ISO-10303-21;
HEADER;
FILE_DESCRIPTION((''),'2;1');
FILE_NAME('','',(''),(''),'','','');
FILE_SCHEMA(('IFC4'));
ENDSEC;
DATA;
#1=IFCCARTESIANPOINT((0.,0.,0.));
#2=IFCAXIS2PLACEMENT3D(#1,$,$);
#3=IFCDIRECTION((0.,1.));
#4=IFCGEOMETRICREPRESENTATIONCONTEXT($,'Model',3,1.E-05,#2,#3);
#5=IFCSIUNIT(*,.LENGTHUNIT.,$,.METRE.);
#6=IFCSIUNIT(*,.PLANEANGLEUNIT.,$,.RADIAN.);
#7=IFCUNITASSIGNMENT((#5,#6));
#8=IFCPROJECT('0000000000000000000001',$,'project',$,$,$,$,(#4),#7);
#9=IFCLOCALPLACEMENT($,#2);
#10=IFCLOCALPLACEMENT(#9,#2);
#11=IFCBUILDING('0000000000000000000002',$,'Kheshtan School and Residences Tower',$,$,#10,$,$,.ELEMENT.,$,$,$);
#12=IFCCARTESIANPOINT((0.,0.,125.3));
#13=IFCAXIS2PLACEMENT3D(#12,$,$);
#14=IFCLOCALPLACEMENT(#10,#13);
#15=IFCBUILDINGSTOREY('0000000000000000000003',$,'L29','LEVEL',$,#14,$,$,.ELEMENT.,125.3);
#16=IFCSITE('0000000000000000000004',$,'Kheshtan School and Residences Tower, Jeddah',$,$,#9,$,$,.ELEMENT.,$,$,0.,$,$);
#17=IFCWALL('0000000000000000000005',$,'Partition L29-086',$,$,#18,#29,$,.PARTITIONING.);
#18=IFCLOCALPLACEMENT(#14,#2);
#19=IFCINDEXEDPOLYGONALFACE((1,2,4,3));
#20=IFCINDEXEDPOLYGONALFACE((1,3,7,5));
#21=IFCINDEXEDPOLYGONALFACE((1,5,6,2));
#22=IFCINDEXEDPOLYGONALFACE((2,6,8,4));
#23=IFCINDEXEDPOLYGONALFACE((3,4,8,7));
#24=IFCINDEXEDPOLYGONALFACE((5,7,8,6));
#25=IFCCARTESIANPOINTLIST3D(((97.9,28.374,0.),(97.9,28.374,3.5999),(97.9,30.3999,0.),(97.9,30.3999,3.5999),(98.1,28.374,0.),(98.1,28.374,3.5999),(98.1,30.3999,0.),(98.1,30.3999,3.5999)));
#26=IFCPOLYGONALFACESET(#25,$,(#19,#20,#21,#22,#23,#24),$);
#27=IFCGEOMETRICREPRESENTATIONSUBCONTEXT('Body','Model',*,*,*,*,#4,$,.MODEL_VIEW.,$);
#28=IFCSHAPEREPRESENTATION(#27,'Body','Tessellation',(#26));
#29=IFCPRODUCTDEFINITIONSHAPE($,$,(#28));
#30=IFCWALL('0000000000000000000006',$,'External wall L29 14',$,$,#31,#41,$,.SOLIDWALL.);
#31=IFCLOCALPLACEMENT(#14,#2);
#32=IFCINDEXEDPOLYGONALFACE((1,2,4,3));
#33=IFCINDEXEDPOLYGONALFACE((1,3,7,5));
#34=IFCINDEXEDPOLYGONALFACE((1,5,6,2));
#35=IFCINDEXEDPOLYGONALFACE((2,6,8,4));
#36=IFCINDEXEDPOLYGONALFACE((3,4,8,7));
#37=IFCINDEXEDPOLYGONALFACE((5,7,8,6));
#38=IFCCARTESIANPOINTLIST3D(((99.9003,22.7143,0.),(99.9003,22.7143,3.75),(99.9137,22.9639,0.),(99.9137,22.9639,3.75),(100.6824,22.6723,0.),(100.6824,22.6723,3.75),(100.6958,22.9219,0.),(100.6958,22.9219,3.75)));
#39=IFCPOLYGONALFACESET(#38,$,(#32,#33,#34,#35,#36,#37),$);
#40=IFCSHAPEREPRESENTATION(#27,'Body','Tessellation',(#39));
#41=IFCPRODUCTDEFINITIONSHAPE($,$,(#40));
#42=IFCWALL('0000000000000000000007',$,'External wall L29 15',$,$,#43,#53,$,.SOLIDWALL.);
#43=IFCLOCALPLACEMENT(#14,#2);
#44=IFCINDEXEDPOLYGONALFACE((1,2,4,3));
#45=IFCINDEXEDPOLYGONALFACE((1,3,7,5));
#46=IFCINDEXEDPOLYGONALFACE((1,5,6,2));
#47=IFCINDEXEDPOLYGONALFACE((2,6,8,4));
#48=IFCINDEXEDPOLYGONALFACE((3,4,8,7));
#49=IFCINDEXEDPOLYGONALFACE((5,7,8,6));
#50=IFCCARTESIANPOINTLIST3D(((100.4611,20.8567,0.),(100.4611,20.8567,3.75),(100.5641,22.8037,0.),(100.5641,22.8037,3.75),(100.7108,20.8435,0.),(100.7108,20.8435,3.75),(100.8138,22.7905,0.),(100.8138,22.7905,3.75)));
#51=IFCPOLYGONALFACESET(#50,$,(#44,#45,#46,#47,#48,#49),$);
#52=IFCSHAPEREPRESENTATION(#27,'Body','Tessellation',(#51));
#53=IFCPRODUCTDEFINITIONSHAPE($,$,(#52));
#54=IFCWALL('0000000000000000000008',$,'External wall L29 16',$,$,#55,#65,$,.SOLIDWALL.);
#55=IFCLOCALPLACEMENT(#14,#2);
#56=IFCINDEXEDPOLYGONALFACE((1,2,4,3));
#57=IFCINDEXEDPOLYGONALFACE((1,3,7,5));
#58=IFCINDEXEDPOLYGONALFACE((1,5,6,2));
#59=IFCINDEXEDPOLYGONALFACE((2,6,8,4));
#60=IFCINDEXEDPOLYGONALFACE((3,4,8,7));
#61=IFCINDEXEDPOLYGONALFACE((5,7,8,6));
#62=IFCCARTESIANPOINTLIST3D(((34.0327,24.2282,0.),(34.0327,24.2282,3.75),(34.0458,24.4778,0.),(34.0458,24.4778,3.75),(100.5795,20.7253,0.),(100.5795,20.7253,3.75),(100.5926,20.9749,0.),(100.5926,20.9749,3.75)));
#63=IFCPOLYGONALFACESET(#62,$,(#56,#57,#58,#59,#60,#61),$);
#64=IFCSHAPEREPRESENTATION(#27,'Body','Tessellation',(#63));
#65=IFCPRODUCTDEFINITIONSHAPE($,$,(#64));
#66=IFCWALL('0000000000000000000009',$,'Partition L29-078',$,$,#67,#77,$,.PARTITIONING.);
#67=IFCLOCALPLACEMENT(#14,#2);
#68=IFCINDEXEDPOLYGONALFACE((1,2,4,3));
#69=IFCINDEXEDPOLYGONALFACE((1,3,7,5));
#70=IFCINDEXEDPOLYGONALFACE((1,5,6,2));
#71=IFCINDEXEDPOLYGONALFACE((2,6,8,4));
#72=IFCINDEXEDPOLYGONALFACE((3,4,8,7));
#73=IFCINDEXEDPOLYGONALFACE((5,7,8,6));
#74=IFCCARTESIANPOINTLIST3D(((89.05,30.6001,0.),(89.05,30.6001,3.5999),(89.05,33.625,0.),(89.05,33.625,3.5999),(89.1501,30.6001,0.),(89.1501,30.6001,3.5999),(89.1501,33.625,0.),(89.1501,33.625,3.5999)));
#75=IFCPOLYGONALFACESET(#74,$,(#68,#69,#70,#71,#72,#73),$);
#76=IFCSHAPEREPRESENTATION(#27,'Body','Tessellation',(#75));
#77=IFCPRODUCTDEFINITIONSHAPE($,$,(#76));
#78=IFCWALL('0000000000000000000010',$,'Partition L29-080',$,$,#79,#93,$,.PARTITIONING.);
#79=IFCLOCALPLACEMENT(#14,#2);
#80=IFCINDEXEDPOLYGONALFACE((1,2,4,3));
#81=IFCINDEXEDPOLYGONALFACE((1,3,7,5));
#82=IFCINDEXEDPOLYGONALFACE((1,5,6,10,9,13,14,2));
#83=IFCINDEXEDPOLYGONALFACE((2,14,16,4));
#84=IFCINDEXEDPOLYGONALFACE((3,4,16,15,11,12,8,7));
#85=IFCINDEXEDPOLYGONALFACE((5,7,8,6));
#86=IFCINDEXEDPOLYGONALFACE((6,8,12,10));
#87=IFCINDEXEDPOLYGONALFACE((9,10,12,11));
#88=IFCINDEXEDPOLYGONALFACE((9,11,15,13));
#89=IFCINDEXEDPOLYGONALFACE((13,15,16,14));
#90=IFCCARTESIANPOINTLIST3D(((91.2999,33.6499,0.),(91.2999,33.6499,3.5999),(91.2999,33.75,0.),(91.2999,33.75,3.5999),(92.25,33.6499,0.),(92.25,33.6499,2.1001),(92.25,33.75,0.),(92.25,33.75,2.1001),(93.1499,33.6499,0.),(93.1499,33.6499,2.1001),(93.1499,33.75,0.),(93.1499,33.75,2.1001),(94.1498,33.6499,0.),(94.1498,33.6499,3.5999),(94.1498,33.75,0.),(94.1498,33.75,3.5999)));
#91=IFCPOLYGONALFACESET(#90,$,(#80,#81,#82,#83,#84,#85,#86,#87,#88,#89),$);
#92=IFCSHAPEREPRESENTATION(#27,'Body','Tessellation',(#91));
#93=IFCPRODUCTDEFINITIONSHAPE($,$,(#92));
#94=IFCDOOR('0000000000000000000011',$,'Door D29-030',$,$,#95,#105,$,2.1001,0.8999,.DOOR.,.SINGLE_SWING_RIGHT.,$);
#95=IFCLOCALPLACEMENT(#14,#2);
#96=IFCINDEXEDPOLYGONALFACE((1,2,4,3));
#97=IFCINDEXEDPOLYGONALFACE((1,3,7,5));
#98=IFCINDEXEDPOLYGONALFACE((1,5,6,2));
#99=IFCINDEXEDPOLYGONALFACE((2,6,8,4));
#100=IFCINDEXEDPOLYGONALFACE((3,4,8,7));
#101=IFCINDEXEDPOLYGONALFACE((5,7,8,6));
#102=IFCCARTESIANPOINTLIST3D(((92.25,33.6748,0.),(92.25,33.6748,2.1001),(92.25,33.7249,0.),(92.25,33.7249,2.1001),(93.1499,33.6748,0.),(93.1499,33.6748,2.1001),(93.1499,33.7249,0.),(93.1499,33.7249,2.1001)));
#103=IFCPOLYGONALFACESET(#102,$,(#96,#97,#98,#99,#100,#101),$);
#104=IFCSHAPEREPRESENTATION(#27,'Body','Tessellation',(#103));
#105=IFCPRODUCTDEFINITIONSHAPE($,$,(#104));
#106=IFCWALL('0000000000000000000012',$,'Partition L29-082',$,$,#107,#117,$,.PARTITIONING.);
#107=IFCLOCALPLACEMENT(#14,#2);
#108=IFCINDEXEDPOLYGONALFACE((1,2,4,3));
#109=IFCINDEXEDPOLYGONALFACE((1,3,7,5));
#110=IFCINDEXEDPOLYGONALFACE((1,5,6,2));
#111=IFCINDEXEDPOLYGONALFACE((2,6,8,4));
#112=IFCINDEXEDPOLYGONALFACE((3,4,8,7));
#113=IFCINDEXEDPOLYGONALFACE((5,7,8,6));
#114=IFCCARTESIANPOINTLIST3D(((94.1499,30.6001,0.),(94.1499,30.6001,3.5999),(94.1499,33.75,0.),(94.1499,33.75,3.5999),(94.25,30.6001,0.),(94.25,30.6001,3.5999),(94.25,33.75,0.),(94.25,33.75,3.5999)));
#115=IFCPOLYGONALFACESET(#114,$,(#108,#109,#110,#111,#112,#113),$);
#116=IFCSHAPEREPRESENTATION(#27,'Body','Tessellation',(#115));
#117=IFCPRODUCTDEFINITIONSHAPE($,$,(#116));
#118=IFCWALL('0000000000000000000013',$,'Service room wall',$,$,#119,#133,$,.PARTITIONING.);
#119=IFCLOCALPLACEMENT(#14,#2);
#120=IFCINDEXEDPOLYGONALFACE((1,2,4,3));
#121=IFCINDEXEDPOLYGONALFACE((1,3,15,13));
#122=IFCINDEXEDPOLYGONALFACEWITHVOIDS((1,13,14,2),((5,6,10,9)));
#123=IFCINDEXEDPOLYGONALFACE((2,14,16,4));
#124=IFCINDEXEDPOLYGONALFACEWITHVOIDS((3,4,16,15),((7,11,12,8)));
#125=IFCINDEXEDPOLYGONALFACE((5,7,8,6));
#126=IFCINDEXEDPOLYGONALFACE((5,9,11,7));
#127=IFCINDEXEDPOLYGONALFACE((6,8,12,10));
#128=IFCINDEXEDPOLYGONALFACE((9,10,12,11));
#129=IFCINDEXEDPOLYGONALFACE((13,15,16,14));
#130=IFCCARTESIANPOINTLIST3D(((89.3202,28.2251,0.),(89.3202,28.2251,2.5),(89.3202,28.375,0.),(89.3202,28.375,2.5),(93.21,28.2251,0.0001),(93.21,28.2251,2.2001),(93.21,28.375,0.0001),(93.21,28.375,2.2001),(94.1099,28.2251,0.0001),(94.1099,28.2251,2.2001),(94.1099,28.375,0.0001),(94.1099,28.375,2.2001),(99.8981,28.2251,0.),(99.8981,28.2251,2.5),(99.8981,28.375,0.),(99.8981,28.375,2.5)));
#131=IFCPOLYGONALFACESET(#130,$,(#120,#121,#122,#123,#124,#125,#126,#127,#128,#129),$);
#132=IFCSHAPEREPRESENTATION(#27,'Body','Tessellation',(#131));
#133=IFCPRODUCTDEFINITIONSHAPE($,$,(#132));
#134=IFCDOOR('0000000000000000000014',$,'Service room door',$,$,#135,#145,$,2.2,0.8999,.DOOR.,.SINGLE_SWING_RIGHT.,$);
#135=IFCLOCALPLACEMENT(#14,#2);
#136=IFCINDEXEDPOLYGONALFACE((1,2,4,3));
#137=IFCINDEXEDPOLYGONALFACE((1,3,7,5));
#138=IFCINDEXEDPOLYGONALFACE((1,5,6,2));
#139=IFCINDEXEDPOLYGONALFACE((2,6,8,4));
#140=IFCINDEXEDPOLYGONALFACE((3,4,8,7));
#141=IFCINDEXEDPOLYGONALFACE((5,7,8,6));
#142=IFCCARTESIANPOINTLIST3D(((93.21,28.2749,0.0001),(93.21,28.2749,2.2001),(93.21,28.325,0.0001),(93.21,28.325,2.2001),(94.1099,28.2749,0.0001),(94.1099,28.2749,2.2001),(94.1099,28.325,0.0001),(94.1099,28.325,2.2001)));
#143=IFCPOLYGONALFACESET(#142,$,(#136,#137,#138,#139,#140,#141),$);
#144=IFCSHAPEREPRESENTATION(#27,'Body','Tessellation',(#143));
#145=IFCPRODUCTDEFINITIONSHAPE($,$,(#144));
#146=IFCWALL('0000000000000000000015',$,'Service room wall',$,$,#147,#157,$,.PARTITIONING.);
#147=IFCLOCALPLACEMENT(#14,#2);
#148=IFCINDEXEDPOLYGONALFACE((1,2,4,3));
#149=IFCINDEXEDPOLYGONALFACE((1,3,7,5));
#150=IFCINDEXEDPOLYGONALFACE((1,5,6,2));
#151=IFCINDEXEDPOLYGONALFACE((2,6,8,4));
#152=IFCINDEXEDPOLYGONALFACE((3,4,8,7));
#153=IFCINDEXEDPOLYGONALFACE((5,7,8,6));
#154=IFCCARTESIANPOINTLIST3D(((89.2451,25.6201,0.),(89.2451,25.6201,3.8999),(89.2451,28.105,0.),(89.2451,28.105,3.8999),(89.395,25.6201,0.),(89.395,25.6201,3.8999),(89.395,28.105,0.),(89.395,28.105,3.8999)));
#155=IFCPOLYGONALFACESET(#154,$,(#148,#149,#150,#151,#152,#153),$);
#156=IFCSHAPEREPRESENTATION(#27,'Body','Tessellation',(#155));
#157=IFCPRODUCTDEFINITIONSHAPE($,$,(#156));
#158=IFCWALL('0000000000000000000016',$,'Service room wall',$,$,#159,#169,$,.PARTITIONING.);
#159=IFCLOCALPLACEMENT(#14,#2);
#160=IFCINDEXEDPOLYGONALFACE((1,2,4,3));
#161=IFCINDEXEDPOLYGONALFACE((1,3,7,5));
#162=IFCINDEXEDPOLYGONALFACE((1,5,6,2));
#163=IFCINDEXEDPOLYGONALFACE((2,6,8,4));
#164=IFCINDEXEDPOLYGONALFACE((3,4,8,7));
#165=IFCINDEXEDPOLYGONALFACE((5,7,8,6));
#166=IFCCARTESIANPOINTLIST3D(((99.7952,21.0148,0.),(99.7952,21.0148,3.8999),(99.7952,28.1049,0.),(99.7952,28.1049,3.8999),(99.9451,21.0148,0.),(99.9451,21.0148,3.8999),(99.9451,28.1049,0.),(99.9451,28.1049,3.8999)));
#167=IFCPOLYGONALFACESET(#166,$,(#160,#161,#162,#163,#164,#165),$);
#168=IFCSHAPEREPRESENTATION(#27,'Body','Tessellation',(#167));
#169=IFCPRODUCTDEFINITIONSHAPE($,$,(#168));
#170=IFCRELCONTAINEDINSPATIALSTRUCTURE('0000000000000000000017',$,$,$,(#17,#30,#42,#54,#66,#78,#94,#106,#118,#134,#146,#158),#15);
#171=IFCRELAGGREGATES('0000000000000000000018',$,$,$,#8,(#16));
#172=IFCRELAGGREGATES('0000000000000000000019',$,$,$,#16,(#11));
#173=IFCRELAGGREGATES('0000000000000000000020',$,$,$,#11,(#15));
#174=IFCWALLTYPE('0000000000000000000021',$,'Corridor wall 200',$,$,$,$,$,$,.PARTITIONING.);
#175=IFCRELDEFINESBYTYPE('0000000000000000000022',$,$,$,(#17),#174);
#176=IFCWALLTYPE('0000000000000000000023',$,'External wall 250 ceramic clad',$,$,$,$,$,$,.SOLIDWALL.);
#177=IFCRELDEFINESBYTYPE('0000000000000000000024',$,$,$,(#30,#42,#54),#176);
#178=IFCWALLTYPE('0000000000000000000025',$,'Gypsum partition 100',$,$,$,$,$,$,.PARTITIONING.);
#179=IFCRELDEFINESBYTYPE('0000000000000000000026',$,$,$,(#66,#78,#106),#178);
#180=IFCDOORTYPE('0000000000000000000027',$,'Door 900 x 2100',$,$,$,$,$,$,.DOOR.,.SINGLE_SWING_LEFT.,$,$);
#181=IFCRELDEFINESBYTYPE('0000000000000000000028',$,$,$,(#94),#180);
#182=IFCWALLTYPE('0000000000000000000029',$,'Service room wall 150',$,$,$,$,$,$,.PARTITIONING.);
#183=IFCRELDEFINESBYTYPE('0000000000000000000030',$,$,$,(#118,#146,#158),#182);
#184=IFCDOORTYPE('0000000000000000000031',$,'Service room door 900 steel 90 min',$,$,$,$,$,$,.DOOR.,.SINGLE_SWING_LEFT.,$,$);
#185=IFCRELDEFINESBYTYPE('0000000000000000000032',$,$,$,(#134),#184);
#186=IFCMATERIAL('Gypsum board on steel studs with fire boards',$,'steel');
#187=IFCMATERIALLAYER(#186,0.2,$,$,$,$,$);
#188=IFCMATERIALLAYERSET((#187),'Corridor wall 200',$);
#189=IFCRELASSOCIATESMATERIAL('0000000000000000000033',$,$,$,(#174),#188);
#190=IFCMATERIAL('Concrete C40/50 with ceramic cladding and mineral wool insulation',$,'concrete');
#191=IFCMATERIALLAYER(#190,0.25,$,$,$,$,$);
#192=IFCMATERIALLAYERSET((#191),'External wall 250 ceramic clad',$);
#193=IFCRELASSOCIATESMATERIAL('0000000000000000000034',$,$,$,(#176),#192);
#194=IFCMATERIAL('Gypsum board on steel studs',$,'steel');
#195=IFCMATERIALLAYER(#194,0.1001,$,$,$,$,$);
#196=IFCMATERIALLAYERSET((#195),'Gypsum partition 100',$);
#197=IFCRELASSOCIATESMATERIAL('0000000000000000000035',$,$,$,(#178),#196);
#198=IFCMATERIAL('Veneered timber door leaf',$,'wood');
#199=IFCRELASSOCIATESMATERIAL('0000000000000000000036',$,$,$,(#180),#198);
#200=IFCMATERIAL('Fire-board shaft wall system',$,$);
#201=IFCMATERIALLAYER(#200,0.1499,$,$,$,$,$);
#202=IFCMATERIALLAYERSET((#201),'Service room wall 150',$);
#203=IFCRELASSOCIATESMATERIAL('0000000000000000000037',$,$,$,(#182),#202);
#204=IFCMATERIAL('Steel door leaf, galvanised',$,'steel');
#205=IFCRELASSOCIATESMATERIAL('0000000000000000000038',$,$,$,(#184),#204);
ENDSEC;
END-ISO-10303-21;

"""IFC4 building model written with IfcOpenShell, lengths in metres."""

from ifc_helpers import new_model, si_unit, direction, frame, frame_2d, origin, place, context, subcontext, project, spatial, rectangle, extrude, source, transform, mapped, material, layer, layer_set, type_object, element, fill, save


model = new_model("IFC4")

# Units and contexts
model_context = context("Model", 3, precision=1e-05, world=origin(), true_north=direction((0.0, 1.0)))
body_context = subcontext(model_context, "Body", "Model", "MODEL_VIEW")
ifc_project = project(units=[si_unit("LENGTHUNIT", "METRE"), si_unit("PLANEANGLEUNIT", "RADIAN")], contexts=[model_context])

# Site, building, storey
site_placement = place(None, origin())
site = spatial("IfcSite", under=ifc_project, at=site_placement, Name="Kheshtan School and Residences Tower, Jeddah", CompositionType="ELEMENT", RefElevation=0.0)
building_placement = place(site_placement, origin())
building = spatial("IfcBuilding", under=site, at=building_placement, Name="Kheshtan School and Residences Tower", CompositionType="ELEMENT")
storey_placement = place(building_placement, frame((0.0, 0.0, 125.3)))
storey = spatial("IfcBuildingStorey", under=building, at=storey_placement, Name="L29", Description="LEVEL", CompositionType="ELEMENT", Elevation=125.3)

# Walls
ifc_material_1 = material(Name="Gypsum board on steel studs with fire boards", Category="steel")
ifc_layer_1 = layer(ifc_material_1, 0.2)
ifc_layer_set_1 = layer_set([ifc_layer_1], Name="Corridor wall 200")
wall_type_1 = type_object("IfcWallType", Name="Corridor wall 200", PredefinedType="PARTITIONING", material=ifc_layer_set_1)
wall_1_placement = place(storey_placement, frame((98.0, 28.374, 0.0), z_axis=(0.0, 0.0, 1.0), x_axis=(0.0, 1.0, 0.0)))
element("IfcWall", 1, at=wall_1_placement, inside=storey, type_object=wall_type_1, Name="Partition L29-086", PredefinedType="PARTITIONING", context=body_context, shape_type="SweptSolid", body=[
    extrude(rectangle(XDim=2.0259, YDim=0.2, at=frame_2d((1.0129, 0.0))), origin(), (0.0, 0.0, 1.0), 3.5999),
])
ifc_material_2 = material(Name="Concrete C40/50 with ceramic cladding and mineral wool insulation", Category="concrete")
ifc_layer_2 = layer(ifc_material_2, 0.25)
ifc_layer_set_2 = layer_set([ifc_layer_2], Name="External wall 250 ceramic clad")
wall_type_2 = type_object("IfcWallType", Name="External wall 250 ceramic clad", PredefinedType="SOLIDWALL", material=ifc_layer_set_2)
wall_2_placement = place(storey_placement, frame((99.907, 22.8391, 0.0), z_axis=(0.0, 0.0, 1.0), x_axis=(0.998561, -0.053622, 0.0)))
element("IfcWall", 2, at=wall_2_placement, inside=storey, type_object=wall_type_2, Name="External wall L29 14", PredefinedType="SOLIDWALL", context=body_context, shape_type="SweptSolid", body=[
    extrude(rectangle(XDim=0.7832, YDim=0.25, at=frame_2d((0.3916, 0.0))), origin(), (0.0, 0.0, 1.0), 3.75),
])
wall_3_placement = place(storey_placement, frame((100.689, 22.7971, 0.0), z_axis=(0.0, 0.0, 1.0), x_axis=(-0.052841, -0.998603, 0.0)))
element("IfcWall", 3, at=wall_3_placement, inside=storey, type_object=wall_type_2, Name="External wall L29 15", PredefinedType="SOLIDWALL", context=body_context, shape_type="SweptSolid", body=[
    extrude(rectangle(XDim=1.9497, YDim=0.25, at=frame_2d((0.9749, 0.0))), origin(), (0.0, 0.0, 1.0), 3.75),
])
wall_4_placement = place(storey_placement, frame((100.5859, 20.8501, 0.0), z_axis=(0.0, 0.0, 1.0), x_axis=(-0.998617, 0.052566, 0.0)))
element("IfcWall", 4, at=wall_4_placement, inside=storey, type_object=wall_type_2, Name="External wall L29 16", PredefinedType="SOLIDWALL", context=body_context, shape_type="SweptSolid", body=[
    extrude(rectangle(XDim=66.6389, YDim=0.25, at=frame_2d((33.3193, 0.0))), origin(), (0.0, 0.0, 1.0), 3.75),
])

# Wall
ifc_material_3 = material(Name="Gypsum board on steel studs", Category="steel")
ifc_layer_3 = layer(ifc_material_3, 0.1001)
ifc_layer_set_3 = layer_set([ifc_layer_3], Name="Gypsum partition 100")
wall_type_3 = type_object("IfcWallType", Name="Gypsum partition 100", PredefinedType="PARTITIONING", material=ifc_layer_set_3)
wall_5_placement = place(storey_placement, frame((89.1001, 30.6001, 0.0), z_axis=(0.0, 0.0, 1.0), x_axis=(0.0, 1.0, 0.0)))
element("IfcWall", 5, at=wall_5_placement, inside=storey, type_object=wall_type_3, Name="Partition L29-078", PredefinedType="PARTITIONING", context=body_context, shape_type="SweptSolid", body=[
    extrude(rectangle(XDim=3.0249, YDim=0.1001, at=frame_2d((1.5125, 0.0))), origin(), (0.0, 0.0, 1.0), 3.5999),
])

# Wall, opening, door
wall_6_placement = place(storey_placement, frame((91.3, 33.7, 0.0), z_axis=(0.0, 0.0, 1.0), x_axis=(1.0, 0.0, 0.0)))
wall_6 = element("IfcWall", 6, at=wall_6_placement, inside=storey, type_object=wall_type_3, Name="Partition L29-080", PredefinedType="PARTITIONING", context=body_context, shape_type="SweptSolid", body=[
    extrude(rectangle(XDim=2.8499, YDim=0.1001, at=frame_2d((1.4248, 0.0))), origin(), (0.0, 0.0, 1.0), 3.5999),
])
opening_1_placement = place(wall_6_placement, frame((0.95, 0.0, 0.0)))
opening_1 = element("IfcOpeningElement", 7, at=opening_1_placement, cuts=wall_6, PredefinedType="OPENING", context=body_context, shape_type="SweptSolid", body=[
    extrude(rectangle(XDim=0.8999, YDim=2.1001, at=frame_2d((0.45, 1.05))), frame((0.0, 0.0601, 0.0), z_axis=(0.0, -1.0, 0.0), x_axis=(1.0, 0.0, 0.0)), (0.0, 0.0, 1.0), 0.1201),
])
ifc_material_4 = material(Name="Veneered timber door leaf", Category="wood")
door_type_1 = type_object("IfcDoorType", Name="Door 900 x 2100", OperationType="SINGLE_SWING_LEFT", PredefinedType="DOOR", material=ifc_material_4)
shared_shape_1 = source(origin(), body_context, "Body", "SweptSolid", [
    extrude(rectangle(XDim=0.8999, YDim=2.1001, at=frame_2d((0.45, 1.05))), frame((0.0, 0.0249, 0.0), z_axis=(0.0, -1.0, 0.0), x_axis=(1.0, 0.0, 0.0)), (0.0, 0.0, 1.0), 0.05),
])
door_1_placement = place(opening_1_placement, origin())
door_1 = element("IfcDoor", 8, at=door_1_placement, inside=storey, type_object=door_type_1, Name="Door D29-030", OperationType="SINGLE_SWING_RIGHT", OverallHeight=2.1001, OverallWidth=0.8999, PredefinedType="DOOR", context=body_context, shape_type="MappedRepresentation", body=[
    mapped(shared_shape_1, transform((0.0, 0.0, 0.0), x_axis=(1.0, 0.0, 0.0), y_axis=(0.0, 1.0, 0.0), z_axis=(0.0, 0.0, 1.0), scale=1.0)),
])
fill(opening_1, door_1)

# Wall
wall_7_placement = place(storey_placement, frame((94.2, 30.6001, 0.0), z_axis=(0.0, 0.0, 1.0), x_axis=(0.0, 1.0, 0.0)))
element("IfcWall", 9, at=wall_7_placement, inside=storey, type_object=wall_type_3, Name="Partition L29-082", PredefinedType="PARTITIONING", context=body_context, shape_type="SweptSolid", body=[
    extrude(rectangle(XDim=3.1499, YDim=0.1001, at=frame_2d((1.575, 0.0))), origin(), (0.0, 0.0, 1.0), 3.5999),
])

# Wall, opening, door
ifc_material_5 = material(Name="Fire-board shaft wall system")
ifc_layer_4 = layer(ifc_material_5, 0.1499)
ifc_layer_set_4 = layer_set([ifc_layer_4], Name="Service room wall 150")
wall_type_4 = type_object("IfcWallType", Name="Service room wall 150", PredefinedType="PARTITIONING", material=ifc_layer_set_4)
wall_8_placement = place(storey_placement, frame((89.3201, 28.3, 0.0), z_axis=(0.0, 0.0, 1.0), x_axis=(1.0, 0.0, 0.0)))
wall_8 = element("IfcWall", 10, at=wall_8_placement, inside=storey, type_object=wall_type_4, Name="Service room wall", PredefinedType="PARTITIONING", context=body_context, shape_type="SweptSolid", body=[
    extrude(rectangle(XDim=10.5779, YDim=0.1499, at=frame_2d((5.2891, 0.0))), origin(), (0.0, 0.0, 1.0), 2.5),
])
opening_2_placement = place(wall_8_placement, frame((3.8899, 0.0, 0.0)))
opening_2 = element("IfcOpeningElement", 11, at=opening_2_placement, cuts=wall_8, PredefinedType="OPENING", context=body_context, shape_type="SweptSolid", body=[
    extrude(rectangle(XDim=0.8999, YDim=2.2, at=frame_2d((0.45, 1.1001))), frame((0.0, 0.085, 0.0), z_axis=(0.0, -1.0, 0.0), x_axis=(1.0, 0.0, 0.0)), (0.0, 0.0, 1.0), 0.1699),
])
ifc_material_6 = material(Name="Steel door leaf, galvanised", Category="steel")
door_type_2 = type_object("IfcDoorType", Name="Service room door 900 steel 90 min", OperationType="SINGLE_SWING_LEFT", PredefinedType="DOOR", material=ifc_material_6)
shared_shape_2 = source(origin(), body_context, "Body", "SweptSolid", [
    extrude(rectangle(XDim=0.8999, YDim=2.2, at=frame_2d((0.45, 1.1001))), frame((0.0, 0.0249, 0.0), z_axis=(0.0, -1.0, 0.0), x_axis=(1.0, 0.0, 0.0)), (0.0, 0.0, 1.0), 0.05),
])
door_2_placement = place(opening_2_placement, origin())
door_2 = element("IfcDoor", 12, at=door_2_placement, inside=storey, type_object=door_type_2, Name="Service room door", OperationType="SINGLE_SWING_RIGHT", OverallHeight=2.2, OverallWidth=0.8999, PredefinedType="DOOR", context=body_context, shape_type="MappedRepresentation", body=[
    mapped(shared_shape_2, transform((0.0, 0.0, 0.0), x_axis=(1.0, 0.0, 0.0), y_axis=(0.0, 1.0, 0.0), z_axis=(0.0, 0.0, 1.0), scale=1.0)),
])
fill(opening_2, door_2)

# Walls
wall_9_placement = place(storey_placement, frame((89.3201, 25.6201, 0.0), z_axis=(0.0, 0.0, 1.0), x_axis=(0.0, 1.0, 0.0)))
element("IfcWall", 13, at=wall_9_placement, inside=storey, type_object=wall_type_4, Name="Service room wall", PredefinedType="PARTITIONING", context=body_context, shape_type="SweptSolid", body=[
    extrude(rectangle(XDim=2.4849, YDim=0.1499, at=frame_2d((1.2424, 0.0))), origin(), (0.0, 0.0, 1.0), 3.8999),
])
wall_10_placement = place(storey_placement, frame((99.8701, 21.0149, 0.0), z_axis=(0.0, 0.0, 1.0), x_axis=(0.0, 1.0, 0.0)))
element("IfcWall", 14, at=wall_10_placement, inside=storey, type_object=wall_type_4, Name="Service room wall", PredefinedType="PARTITIONING", context=body_context, shape_type="SweptSolid", body=[
    extrude(rectangle(XDim=7.0901, YDim=0.1499, at=frame_2d((3.5449, 0.0))), origin(), (0.0, 0.0, 1.0), 3.8999),
])

save(model, "model.ifc")
